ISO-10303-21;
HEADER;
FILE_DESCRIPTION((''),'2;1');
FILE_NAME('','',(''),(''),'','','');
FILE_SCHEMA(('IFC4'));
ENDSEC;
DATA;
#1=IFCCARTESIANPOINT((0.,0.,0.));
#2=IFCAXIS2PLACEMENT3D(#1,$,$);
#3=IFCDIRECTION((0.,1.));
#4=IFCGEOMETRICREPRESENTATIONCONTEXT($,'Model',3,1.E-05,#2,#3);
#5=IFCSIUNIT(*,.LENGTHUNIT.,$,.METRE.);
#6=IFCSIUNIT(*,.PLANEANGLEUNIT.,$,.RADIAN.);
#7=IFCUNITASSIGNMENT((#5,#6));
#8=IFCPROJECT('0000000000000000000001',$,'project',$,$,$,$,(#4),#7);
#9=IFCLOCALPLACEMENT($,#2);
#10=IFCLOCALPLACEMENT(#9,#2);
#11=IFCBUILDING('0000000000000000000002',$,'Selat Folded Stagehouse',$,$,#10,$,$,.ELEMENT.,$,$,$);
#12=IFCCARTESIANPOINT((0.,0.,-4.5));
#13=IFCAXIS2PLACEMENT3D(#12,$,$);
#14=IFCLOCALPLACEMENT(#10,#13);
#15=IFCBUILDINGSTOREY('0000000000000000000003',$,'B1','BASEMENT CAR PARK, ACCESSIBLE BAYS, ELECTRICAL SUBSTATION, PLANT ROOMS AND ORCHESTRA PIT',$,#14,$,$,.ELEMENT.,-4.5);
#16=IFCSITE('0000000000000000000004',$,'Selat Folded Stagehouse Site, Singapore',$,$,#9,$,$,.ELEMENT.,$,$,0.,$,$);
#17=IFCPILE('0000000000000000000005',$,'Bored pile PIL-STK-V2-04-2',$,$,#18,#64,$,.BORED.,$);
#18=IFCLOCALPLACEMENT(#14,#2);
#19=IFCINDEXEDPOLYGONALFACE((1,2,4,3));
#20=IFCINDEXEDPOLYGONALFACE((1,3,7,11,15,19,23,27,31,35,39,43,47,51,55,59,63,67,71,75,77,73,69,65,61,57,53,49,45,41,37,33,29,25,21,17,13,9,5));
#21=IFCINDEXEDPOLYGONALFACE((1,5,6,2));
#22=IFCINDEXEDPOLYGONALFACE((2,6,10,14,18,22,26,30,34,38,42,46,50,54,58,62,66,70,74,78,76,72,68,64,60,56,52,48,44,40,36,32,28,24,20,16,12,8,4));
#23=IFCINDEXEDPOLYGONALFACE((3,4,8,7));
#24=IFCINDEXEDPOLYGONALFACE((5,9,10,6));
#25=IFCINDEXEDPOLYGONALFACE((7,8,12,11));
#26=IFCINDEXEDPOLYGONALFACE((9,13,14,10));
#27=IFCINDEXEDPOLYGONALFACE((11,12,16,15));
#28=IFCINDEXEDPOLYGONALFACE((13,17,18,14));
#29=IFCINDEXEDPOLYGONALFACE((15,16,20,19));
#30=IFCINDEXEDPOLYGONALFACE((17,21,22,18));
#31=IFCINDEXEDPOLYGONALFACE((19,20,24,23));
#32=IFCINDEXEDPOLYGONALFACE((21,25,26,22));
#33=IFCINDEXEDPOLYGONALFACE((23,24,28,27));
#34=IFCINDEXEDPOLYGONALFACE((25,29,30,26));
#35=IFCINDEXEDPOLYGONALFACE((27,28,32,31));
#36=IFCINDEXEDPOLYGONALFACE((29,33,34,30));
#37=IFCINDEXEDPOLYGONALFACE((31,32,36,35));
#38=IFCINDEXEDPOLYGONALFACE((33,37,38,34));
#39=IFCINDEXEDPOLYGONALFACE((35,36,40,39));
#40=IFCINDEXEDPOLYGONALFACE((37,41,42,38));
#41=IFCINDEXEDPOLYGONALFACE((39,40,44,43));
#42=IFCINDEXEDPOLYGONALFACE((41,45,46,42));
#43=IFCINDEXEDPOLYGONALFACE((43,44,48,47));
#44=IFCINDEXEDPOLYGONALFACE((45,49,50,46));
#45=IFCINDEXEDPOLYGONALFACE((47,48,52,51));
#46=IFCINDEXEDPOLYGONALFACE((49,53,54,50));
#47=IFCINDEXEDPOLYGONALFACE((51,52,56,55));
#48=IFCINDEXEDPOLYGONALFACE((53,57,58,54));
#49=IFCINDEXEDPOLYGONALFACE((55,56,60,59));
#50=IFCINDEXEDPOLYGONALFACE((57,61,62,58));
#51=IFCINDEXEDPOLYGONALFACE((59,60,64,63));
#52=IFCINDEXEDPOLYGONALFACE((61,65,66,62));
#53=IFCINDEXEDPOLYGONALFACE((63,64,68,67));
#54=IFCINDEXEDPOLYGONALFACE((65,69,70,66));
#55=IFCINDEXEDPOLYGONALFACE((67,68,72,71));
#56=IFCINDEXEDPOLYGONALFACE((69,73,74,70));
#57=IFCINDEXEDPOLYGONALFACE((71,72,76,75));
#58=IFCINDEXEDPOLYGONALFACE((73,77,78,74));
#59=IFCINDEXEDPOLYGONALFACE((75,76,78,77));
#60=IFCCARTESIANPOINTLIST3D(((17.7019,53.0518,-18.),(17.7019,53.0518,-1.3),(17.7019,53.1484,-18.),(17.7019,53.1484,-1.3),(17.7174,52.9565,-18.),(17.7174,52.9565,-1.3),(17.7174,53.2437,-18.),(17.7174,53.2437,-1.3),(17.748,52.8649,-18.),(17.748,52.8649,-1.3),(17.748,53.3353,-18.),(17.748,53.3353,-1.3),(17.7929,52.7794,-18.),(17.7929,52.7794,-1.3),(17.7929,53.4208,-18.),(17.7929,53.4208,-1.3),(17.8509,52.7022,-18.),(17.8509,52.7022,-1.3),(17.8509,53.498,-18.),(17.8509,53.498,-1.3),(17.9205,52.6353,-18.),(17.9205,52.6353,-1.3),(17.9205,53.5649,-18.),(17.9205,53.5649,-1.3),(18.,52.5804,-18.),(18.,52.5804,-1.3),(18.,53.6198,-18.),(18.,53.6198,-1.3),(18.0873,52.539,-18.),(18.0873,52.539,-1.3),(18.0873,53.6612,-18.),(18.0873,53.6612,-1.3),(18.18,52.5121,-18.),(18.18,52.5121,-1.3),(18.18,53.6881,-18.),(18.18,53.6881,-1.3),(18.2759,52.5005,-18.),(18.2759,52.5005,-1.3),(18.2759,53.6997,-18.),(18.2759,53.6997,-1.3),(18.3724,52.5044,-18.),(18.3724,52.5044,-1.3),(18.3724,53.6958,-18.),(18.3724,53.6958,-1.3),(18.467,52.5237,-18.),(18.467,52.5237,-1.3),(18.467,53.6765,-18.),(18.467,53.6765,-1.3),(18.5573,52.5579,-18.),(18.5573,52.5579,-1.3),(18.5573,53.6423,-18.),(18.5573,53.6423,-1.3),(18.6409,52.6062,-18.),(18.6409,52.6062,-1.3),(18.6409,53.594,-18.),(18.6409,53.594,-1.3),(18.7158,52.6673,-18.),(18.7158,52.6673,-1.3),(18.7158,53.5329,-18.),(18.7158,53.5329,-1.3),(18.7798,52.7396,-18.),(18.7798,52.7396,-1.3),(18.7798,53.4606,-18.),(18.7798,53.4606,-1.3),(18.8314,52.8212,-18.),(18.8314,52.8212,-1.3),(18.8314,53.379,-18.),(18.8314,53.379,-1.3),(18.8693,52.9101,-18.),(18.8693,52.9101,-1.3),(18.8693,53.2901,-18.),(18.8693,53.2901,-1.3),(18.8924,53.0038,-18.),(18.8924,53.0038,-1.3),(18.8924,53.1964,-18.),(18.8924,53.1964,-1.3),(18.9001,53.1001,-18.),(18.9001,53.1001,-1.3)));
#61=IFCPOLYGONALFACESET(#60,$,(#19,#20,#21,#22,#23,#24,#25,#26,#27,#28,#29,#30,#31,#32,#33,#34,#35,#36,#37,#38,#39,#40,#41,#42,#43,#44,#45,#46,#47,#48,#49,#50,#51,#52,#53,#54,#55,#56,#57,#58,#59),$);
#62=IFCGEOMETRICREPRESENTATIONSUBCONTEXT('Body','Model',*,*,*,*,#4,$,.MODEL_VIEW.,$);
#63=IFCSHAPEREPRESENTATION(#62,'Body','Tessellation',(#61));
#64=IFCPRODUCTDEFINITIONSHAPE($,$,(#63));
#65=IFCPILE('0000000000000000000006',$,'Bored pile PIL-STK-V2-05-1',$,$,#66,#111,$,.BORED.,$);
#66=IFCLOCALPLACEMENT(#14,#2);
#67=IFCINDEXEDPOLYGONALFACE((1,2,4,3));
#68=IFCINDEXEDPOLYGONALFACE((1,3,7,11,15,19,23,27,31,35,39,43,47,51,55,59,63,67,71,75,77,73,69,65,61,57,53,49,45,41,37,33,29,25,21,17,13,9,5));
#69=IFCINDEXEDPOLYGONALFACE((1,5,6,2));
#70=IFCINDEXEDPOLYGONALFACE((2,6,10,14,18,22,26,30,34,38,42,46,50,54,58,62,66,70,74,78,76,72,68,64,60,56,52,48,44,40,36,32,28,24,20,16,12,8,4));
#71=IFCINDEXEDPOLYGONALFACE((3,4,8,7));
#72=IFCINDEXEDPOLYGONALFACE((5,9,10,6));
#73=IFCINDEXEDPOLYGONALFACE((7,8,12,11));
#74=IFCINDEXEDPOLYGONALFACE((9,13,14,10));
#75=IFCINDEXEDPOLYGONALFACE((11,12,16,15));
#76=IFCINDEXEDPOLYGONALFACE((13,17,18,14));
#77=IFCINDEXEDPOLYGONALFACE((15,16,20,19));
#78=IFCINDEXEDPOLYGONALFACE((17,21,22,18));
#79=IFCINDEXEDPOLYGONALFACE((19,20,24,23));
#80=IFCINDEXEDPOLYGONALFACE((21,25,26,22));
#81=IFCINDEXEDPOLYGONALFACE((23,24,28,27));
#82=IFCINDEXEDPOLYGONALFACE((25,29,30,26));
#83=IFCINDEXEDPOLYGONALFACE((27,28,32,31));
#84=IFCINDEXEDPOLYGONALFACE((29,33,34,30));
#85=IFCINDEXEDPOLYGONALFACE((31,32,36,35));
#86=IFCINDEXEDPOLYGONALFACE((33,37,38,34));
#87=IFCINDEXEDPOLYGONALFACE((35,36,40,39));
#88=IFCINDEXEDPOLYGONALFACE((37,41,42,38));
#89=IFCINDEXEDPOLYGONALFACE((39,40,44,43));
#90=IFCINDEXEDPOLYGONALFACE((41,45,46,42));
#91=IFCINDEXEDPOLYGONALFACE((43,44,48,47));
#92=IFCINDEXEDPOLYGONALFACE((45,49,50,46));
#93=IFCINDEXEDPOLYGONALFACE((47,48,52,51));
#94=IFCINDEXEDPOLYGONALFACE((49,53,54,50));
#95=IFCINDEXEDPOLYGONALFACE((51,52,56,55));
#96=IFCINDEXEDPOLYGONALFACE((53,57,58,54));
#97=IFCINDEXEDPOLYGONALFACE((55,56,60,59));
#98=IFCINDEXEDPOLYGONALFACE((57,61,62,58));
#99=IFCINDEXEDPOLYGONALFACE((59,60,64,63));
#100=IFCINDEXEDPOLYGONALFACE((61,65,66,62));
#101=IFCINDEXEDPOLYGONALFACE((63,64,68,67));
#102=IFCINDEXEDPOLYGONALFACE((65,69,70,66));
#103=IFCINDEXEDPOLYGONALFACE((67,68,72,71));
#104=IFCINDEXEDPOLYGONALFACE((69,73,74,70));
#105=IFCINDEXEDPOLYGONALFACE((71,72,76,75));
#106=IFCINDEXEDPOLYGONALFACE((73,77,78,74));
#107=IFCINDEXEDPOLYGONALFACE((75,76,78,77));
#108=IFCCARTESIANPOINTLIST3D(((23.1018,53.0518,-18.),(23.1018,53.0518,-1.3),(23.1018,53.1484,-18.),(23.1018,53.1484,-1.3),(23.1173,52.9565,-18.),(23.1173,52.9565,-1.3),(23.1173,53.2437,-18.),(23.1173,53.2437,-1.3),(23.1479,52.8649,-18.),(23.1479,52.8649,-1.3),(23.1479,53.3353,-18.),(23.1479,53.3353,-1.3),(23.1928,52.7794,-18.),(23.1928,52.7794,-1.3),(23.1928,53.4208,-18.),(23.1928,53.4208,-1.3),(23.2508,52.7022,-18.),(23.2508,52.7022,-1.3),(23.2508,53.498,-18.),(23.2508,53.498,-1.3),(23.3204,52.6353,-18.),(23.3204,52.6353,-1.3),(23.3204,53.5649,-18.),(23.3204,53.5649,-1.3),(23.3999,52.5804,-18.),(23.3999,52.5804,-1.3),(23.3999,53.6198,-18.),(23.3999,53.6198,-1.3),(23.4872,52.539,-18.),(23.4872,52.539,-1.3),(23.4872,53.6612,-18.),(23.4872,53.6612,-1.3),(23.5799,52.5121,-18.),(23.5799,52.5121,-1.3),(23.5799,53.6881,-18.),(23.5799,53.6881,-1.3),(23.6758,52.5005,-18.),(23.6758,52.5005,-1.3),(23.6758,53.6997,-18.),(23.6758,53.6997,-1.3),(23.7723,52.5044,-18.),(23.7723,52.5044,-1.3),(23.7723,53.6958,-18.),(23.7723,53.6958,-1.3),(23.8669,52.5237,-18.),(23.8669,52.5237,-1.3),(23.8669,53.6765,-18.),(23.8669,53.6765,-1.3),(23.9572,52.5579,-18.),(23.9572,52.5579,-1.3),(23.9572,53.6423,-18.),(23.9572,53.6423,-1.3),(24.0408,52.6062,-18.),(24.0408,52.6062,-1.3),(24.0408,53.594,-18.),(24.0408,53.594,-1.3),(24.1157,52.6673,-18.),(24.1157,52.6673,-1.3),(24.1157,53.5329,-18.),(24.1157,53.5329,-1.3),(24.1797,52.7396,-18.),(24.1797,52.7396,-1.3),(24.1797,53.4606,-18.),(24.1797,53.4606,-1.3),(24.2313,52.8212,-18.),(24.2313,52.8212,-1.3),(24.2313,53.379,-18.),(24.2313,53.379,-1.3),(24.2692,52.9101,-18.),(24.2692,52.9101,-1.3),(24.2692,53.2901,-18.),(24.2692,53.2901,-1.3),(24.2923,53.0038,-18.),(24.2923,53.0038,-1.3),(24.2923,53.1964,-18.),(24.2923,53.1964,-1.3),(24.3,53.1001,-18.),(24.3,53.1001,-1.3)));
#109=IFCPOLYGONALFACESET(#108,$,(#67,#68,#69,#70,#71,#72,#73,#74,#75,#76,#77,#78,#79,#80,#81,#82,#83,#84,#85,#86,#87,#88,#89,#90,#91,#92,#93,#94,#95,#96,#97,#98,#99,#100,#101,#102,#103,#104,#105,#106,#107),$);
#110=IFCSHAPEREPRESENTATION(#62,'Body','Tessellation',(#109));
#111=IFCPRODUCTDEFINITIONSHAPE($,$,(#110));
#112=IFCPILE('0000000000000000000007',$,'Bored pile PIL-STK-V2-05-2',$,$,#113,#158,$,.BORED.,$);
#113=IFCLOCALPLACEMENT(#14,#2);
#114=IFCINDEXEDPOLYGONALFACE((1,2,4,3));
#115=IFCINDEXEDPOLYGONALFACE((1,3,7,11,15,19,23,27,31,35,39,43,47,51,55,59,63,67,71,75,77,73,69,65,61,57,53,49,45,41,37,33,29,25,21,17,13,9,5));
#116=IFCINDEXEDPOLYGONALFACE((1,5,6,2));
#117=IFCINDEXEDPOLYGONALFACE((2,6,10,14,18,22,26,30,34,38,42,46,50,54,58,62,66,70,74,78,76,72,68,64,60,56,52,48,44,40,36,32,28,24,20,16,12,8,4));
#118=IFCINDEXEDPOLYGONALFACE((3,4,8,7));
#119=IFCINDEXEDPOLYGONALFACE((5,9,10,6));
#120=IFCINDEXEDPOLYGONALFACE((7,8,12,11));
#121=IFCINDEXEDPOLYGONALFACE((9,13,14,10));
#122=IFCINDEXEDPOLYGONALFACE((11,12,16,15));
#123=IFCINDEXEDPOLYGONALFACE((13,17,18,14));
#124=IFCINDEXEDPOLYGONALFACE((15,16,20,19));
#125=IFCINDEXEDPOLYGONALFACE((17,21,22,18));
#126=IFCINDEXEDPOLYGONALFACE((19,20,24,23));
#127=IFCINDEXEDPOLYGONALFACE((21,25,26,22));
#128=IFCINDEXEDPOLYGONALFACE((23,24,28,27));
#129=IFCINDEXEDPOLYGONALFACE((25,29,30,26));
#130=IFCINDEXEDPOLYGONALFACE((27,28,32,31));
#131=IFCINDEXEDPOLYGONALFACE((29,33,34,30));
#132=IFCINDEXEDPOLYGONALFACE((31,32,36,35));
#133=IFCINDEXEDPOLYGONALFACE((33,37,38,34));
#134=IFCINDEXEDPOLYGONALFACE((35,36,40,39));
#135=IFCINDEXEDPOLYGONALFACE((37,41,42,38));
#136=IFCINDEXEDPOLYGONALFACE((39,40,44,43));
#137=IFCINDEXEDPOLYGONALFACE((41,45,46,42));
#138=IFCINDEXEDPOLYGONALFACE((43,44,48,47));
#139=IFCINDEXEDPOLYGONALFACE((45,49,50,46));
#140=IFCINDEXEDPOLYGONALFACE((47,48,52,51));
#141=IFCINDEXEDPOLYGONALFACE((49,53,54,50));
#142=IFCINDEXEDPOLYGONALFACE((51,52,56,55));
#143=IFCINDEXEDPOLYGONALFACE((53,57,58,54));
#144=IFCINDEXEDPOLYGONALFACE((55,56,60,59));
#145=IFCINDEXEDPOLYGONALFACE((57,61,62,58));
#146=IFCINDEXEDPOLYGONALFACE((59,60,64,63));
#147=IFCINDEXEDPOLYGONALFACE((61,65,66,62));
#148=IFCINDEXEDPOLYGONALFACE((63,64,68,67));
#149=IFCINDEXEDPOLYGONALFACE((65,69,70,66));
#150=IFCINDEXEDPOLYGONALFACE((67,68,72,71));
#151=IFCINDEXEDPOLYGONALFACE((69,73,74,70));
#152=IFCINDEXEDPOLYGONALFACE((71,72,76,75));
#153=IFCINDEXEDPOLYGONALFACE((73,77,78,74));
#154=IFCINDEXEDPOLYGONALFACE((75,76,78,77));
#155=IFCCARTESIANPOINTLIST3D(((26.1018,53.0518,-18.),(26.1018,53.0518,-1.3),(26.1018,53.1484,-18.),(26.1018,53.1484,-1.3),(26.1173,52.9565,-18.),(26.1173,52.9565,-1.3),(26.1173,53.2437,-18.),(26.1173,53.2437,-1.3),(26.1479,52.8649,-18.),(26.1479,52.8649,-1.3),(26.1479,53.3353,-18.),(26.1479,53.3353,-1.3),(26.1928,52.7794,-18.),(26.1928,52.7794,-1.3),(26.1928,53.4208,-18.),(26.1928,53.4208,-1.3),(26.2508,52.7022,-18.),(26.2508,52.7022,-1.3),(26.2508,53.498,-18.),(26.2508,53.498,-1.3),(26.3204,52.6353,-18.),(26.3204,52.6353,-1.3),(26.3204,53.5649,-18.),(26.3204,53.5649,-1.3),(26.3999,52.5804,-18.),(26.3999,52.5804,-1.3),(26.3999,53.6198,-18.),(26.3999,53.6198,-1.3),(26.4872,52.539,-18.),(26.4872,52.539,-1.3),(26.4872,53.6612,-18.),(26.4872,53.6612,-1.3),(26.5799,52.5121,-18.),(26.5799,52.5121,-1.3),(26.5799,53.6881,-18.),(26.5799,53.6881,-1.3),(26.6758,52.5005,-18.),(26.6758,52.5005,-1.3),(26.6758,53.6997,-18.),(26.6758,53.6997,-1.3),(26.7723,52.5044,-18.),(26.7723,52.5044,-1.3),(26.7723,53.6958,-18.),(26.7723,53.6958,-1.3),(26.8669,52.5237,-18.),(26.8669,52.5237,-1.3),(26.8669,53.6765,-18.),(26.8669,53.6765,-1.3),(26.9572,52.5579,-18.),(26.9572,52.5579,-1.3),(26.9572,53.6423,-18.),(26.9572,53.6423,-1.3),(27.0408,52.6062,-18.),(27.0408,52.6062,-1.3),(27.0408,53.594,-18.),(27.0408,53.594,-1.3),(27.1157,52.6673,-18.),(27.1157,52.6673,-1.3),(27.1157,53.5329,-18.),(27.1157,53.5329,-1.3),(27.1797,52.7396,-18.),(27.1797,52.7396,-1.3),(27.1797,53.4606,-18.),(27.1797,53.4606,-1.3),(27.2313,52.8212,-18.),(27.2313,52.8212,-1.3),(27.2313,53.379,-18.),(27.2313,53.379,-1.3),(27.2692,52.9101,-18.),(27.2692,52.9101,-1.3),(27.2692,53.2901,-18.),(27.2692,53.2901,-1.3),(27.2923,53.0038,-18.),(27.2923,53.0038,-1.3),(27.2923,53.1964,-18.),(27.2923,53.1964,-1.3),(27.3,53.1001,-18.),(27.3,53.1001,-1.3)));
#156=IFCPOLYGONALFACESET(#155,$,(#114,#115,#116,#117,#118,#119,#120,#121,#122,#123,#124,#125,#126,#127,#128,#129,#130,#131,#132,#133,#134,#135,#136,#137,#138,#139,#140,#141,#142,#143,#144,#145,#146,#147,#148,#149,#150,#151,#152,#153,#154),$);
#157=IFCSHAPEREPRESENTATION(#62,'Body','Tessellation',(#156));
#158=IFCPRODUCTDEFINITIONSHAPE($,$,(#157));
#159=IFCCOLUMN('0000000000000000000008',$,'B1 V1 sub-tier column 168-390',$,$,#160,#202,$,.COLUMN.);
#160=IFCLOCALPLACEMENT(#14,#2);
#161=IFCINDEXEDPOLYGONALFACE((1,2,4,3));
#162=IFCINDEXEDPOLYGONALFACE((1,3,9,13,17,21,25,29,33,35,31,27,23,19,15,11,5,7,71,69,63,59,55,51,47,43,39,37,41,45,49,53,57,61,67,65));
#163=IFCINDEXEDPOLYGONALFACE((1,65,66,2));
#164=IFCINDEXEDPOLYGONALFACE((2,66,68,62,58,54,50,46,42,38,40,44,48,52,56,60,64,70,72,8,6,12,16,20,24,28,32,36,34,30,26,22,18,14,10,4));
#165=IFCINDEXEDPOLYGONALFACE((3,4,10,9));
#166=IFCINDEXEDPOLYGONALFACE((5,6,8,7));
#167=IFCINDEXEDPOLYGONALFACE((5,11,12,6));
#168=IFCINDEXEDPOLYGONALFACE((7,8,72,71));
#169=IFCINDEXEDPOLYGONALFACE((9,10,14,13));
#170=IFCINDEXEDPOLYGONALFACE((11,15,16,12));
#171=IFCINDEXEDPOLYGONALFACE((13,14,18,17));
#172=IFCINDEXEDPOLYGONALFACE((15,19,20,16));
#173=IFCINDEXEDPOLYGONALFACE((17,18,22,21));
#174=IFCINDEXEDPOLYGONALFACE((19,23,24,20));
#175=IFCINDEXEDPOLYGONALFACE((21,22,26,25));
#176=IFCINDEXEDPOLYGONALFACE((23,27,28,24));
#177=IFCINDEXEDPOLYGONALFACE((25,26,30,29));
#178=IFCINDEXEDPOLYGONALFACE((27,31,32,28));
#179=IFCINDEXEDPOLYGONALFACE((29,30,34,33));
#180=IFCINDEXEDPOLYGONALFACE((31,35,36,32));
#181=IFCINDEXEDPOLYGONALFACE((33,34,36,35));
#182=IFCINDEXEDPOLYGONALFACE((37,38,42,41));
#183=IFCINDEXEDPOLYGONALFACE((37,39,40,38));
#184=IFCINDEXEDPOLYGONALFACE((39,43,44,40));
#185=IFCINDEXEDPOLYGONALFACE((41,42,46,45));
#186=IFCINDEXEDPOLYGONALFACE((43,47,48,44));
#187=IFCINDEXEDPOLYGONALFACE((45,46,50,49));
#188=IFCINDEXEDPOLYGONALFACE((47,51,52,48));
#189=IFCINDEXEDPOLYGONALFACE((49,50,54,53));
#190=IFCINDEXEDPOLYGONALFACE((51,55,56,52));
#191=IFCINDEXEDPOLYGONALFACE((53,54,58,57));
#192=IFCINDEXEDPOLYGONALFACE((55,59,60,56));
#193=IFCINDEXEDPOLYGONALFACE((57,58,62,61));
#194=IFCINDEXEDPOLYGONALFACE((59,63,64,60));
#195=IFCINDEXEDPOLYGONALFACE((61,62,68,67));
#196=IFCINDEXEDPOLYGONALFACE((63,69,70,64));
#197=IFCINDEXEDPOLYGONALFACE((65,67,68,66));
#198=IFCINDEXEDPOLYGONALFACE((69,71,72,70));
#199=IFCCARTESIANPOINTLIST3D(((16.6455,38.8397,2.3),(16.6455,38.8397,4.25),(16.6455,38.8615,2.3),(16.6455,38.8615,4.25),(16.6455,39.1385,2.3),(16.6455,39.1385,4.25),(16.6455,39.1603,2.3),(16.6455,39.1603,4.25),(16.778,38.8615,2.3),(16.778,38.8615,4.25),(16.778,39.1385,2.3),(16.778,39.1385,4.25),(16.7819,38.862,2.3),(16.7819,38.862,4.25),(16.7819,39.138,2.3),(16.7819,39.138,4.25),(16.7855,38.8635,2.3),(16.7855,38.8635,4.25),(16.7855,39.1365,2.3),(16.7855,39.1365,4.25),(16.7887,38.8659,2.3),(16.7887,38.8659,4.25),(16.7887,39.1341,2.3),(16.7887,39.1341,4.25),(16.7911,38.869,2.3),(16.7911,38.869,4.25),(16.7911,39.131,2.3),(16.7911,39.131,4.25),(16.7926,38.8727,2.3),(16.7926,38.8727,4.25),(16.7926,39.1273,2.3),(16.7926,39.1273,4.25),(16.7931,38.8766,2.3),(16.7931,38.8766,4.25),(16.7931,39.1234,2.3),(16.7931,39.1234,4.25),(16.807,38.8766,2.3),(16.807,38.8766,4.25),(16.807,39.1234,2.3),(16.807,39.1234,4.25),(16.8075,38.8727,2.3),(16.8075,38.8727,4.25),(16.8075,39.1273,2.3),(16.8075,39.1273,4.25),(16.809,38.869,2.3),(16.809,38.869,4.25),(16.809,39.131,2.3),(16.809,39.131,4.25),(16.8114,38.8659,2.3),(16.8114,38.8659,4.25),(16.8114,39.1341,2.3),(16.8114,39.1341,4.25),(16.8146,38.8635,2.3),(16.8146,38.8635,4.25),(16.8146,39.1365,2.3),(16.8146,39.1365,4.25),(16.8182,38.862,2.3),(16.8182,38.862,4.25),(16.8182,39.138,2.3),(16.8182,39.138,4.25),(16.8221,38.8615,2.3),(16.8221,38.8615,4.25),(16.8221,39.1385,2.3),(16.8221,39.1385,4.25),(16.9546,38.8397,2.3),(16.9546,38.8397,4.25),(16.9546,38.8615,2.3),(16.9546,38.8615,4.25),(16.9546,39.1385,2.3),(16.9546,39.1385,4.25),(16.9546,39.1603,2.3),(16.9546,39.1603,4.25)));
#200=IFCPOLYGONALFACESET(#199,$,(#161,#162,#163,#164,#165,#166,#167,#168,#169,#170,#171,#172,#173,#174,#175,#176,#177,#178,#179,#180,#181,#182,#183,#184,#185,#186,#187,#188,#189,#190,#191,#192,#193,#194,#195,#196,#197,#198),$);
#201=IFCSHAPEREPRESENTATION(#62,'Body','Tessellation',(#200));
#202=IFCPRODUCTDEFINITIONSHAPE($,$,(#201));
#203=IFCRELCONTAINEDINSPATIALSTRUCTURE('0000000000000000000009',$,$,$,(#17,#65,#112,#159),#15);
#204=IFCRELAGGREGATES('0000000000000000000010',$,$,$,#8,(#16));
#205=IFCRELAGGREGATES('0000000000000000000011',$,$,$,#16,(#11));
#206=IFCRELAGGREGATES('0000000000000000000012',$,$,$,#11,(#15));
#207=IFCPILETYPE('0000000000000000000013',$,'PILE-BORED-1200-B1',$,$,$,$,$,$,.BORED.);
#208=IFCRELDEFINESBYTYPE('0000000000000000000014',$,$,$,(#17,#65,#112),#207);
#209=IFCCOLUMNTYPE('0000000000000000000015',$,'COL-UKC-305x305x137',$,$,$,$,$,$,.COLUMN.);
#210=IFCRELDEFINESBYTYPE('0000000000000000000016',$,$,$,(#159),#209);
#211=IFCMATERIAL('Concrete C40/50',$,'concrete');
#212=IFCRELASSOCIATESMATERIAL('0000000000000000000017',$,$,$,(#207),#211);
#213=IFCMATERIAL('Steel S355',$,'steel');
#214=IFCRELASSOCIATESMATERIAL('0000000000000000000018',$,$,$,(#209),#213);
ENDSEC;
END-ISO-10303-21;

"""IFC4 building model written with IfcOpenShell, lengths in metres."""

from ifc_helpers import new_model, si_unit, direction, frame, origin, origin_2d, place, context, subcontext, project, spatial, circle, i_section, extrude, material, material_profile, profile_set, type_object, element, save


model = new_model("IFC4")

# Units and contexts
model_context = context("Model", 3, precision=1e-05, world=origin(), true_north=direction((0.0, 1.0)))
body_context = subcontext(model_context, "Body", "Model", "MODEL_VIEW")
ifc_project = project(units=[si_unit("LENGTHUNIT", "METRE"), si_unit("PLANEANGLEUNIT", "RADIAN")], contexts=[model_context])

# Site, building, storey
site_placement = place(None, origin())
site = spatial("IfcSite", under=ifc_project, at=site_placement, Name="Selat Folded Stagehouse Site, Singapore", CompositionType="ELEMENT", RefElevation=0.0)
building_placement = place(site_placement, origin())
building = spatial("IfcBuilding", under=site, at=building_placement, Name="Selat Folded Stagehouse", CompositionType="ELEMENT")
storey_placement = place(building_placement, frame((0.0, 0.0, -4.5)))
storey = spatial("IfcBuildingStorey", under=building, at=storey_placement, Name="B1", Description="BASEMENT CAR PARK, ACCESSIBLE BAYS, ELECTRICAL SUBSTATION, PLANT ROOMS AND ORCHESTRA PIT", CompositionType="ELEMENT", Elevation=-4.5)

# Shared definitions
ifc_material_1 = material(Name="Concrete C40/50", Category="concrete")

# Piles
ifc_material_profile_1 = material_profile(ifc_material_1, circle(Radius=0.6001, at=origin_2d()), Name="PILE D1200")
ifc_profile_set_1 = profile_set([ifc_material_profile_1], Name="Concrete C40/50")
pile_type = type_object("IfcPileType", Name="PILE-BORED-1200-B1", PredefinedType="BORED", material=ifc_profile_set_1)
for number, where, z_axis, x_axis, name in (
    (1, (18.3, 53.1001, -1.3), (0.0, 0.0, -1.0), (1.0, 0.0, 0.0), "Bored pile PIL-STK-V2-04-2"),
    (2, (23.7, 53.1001, -1.3), (0.0, 0.0, -1.0), (1.0, 0.0, 0.0), "Bored pile PIL-STK-V2-05-1"),
    (3, (26.7, 53.1001, -1.3), (0.0, 0.0, -1.0), (1.0, 0.0, 0.0), "Bored pile PIL-STK-V2-05-2"),
):
    element("IfcPile", number, at=place(storey_placement, frame(where, z_axis=z_axis, x_axis=x_axis)), inside=storey, type_object=pile_type, Name=name, PredefinedType="BORED", context=body_context, shape_type="SweptSolid", body=[
        extrude(circle(Radius=0.6001, at=origin_2d()), origin(), (0.0, 0.0, 1.0), 16.7),
    ])

# Column
ifc_material_2 = material(Name="Steel S355", Category="steel")
ifc_material_profile_2 = material_profile(ifc_material_2, i_section(OverallWidth=0.3091, OverallDepth=0.3206, WebThickness=0.0139, FlangeThickness=0.0217, FilletRadius=0.0151, at=origin_2d()), Name="UKC 305x305x137")
ifc_profile_set_2 = profile_set([ifc_material_profile_2], Name="Steel S355")
column_type_1 = type_object("IfcColumnType", Name="COL-UKC-305x305x137", PredefinedType="COLUMN", material=ifc_profile_set_2)
for number, where, z_axis, x_axis, name in (
    (4, (16.8, 39.0, 2.3), (0.0, 0.0, 1.0), (1.0, 0.0, 0.0), "B1 V1 sub-tier column 168-390"),
):
    element("IfcColumn", number, at=place(storey_placement, frame(where, z_axis=z_axis, x_axis=x_axis)), inside=storey, type_object=column_type_1, Name=name, PredefinedType="COLUMN", context=body_context, shape_type="SweptSolid", body=[
        extrude(i_section(OverallWidth=0.3091, OverallDepth=0.3206, WebThickness=0.0139, FlangeThickness=0.0217, FilletRadius=0.0151, at=origin_2d()), origin(), (0.0, 0.0, 1.0), 1.95),
    ])

save(model, "model.ifc")
